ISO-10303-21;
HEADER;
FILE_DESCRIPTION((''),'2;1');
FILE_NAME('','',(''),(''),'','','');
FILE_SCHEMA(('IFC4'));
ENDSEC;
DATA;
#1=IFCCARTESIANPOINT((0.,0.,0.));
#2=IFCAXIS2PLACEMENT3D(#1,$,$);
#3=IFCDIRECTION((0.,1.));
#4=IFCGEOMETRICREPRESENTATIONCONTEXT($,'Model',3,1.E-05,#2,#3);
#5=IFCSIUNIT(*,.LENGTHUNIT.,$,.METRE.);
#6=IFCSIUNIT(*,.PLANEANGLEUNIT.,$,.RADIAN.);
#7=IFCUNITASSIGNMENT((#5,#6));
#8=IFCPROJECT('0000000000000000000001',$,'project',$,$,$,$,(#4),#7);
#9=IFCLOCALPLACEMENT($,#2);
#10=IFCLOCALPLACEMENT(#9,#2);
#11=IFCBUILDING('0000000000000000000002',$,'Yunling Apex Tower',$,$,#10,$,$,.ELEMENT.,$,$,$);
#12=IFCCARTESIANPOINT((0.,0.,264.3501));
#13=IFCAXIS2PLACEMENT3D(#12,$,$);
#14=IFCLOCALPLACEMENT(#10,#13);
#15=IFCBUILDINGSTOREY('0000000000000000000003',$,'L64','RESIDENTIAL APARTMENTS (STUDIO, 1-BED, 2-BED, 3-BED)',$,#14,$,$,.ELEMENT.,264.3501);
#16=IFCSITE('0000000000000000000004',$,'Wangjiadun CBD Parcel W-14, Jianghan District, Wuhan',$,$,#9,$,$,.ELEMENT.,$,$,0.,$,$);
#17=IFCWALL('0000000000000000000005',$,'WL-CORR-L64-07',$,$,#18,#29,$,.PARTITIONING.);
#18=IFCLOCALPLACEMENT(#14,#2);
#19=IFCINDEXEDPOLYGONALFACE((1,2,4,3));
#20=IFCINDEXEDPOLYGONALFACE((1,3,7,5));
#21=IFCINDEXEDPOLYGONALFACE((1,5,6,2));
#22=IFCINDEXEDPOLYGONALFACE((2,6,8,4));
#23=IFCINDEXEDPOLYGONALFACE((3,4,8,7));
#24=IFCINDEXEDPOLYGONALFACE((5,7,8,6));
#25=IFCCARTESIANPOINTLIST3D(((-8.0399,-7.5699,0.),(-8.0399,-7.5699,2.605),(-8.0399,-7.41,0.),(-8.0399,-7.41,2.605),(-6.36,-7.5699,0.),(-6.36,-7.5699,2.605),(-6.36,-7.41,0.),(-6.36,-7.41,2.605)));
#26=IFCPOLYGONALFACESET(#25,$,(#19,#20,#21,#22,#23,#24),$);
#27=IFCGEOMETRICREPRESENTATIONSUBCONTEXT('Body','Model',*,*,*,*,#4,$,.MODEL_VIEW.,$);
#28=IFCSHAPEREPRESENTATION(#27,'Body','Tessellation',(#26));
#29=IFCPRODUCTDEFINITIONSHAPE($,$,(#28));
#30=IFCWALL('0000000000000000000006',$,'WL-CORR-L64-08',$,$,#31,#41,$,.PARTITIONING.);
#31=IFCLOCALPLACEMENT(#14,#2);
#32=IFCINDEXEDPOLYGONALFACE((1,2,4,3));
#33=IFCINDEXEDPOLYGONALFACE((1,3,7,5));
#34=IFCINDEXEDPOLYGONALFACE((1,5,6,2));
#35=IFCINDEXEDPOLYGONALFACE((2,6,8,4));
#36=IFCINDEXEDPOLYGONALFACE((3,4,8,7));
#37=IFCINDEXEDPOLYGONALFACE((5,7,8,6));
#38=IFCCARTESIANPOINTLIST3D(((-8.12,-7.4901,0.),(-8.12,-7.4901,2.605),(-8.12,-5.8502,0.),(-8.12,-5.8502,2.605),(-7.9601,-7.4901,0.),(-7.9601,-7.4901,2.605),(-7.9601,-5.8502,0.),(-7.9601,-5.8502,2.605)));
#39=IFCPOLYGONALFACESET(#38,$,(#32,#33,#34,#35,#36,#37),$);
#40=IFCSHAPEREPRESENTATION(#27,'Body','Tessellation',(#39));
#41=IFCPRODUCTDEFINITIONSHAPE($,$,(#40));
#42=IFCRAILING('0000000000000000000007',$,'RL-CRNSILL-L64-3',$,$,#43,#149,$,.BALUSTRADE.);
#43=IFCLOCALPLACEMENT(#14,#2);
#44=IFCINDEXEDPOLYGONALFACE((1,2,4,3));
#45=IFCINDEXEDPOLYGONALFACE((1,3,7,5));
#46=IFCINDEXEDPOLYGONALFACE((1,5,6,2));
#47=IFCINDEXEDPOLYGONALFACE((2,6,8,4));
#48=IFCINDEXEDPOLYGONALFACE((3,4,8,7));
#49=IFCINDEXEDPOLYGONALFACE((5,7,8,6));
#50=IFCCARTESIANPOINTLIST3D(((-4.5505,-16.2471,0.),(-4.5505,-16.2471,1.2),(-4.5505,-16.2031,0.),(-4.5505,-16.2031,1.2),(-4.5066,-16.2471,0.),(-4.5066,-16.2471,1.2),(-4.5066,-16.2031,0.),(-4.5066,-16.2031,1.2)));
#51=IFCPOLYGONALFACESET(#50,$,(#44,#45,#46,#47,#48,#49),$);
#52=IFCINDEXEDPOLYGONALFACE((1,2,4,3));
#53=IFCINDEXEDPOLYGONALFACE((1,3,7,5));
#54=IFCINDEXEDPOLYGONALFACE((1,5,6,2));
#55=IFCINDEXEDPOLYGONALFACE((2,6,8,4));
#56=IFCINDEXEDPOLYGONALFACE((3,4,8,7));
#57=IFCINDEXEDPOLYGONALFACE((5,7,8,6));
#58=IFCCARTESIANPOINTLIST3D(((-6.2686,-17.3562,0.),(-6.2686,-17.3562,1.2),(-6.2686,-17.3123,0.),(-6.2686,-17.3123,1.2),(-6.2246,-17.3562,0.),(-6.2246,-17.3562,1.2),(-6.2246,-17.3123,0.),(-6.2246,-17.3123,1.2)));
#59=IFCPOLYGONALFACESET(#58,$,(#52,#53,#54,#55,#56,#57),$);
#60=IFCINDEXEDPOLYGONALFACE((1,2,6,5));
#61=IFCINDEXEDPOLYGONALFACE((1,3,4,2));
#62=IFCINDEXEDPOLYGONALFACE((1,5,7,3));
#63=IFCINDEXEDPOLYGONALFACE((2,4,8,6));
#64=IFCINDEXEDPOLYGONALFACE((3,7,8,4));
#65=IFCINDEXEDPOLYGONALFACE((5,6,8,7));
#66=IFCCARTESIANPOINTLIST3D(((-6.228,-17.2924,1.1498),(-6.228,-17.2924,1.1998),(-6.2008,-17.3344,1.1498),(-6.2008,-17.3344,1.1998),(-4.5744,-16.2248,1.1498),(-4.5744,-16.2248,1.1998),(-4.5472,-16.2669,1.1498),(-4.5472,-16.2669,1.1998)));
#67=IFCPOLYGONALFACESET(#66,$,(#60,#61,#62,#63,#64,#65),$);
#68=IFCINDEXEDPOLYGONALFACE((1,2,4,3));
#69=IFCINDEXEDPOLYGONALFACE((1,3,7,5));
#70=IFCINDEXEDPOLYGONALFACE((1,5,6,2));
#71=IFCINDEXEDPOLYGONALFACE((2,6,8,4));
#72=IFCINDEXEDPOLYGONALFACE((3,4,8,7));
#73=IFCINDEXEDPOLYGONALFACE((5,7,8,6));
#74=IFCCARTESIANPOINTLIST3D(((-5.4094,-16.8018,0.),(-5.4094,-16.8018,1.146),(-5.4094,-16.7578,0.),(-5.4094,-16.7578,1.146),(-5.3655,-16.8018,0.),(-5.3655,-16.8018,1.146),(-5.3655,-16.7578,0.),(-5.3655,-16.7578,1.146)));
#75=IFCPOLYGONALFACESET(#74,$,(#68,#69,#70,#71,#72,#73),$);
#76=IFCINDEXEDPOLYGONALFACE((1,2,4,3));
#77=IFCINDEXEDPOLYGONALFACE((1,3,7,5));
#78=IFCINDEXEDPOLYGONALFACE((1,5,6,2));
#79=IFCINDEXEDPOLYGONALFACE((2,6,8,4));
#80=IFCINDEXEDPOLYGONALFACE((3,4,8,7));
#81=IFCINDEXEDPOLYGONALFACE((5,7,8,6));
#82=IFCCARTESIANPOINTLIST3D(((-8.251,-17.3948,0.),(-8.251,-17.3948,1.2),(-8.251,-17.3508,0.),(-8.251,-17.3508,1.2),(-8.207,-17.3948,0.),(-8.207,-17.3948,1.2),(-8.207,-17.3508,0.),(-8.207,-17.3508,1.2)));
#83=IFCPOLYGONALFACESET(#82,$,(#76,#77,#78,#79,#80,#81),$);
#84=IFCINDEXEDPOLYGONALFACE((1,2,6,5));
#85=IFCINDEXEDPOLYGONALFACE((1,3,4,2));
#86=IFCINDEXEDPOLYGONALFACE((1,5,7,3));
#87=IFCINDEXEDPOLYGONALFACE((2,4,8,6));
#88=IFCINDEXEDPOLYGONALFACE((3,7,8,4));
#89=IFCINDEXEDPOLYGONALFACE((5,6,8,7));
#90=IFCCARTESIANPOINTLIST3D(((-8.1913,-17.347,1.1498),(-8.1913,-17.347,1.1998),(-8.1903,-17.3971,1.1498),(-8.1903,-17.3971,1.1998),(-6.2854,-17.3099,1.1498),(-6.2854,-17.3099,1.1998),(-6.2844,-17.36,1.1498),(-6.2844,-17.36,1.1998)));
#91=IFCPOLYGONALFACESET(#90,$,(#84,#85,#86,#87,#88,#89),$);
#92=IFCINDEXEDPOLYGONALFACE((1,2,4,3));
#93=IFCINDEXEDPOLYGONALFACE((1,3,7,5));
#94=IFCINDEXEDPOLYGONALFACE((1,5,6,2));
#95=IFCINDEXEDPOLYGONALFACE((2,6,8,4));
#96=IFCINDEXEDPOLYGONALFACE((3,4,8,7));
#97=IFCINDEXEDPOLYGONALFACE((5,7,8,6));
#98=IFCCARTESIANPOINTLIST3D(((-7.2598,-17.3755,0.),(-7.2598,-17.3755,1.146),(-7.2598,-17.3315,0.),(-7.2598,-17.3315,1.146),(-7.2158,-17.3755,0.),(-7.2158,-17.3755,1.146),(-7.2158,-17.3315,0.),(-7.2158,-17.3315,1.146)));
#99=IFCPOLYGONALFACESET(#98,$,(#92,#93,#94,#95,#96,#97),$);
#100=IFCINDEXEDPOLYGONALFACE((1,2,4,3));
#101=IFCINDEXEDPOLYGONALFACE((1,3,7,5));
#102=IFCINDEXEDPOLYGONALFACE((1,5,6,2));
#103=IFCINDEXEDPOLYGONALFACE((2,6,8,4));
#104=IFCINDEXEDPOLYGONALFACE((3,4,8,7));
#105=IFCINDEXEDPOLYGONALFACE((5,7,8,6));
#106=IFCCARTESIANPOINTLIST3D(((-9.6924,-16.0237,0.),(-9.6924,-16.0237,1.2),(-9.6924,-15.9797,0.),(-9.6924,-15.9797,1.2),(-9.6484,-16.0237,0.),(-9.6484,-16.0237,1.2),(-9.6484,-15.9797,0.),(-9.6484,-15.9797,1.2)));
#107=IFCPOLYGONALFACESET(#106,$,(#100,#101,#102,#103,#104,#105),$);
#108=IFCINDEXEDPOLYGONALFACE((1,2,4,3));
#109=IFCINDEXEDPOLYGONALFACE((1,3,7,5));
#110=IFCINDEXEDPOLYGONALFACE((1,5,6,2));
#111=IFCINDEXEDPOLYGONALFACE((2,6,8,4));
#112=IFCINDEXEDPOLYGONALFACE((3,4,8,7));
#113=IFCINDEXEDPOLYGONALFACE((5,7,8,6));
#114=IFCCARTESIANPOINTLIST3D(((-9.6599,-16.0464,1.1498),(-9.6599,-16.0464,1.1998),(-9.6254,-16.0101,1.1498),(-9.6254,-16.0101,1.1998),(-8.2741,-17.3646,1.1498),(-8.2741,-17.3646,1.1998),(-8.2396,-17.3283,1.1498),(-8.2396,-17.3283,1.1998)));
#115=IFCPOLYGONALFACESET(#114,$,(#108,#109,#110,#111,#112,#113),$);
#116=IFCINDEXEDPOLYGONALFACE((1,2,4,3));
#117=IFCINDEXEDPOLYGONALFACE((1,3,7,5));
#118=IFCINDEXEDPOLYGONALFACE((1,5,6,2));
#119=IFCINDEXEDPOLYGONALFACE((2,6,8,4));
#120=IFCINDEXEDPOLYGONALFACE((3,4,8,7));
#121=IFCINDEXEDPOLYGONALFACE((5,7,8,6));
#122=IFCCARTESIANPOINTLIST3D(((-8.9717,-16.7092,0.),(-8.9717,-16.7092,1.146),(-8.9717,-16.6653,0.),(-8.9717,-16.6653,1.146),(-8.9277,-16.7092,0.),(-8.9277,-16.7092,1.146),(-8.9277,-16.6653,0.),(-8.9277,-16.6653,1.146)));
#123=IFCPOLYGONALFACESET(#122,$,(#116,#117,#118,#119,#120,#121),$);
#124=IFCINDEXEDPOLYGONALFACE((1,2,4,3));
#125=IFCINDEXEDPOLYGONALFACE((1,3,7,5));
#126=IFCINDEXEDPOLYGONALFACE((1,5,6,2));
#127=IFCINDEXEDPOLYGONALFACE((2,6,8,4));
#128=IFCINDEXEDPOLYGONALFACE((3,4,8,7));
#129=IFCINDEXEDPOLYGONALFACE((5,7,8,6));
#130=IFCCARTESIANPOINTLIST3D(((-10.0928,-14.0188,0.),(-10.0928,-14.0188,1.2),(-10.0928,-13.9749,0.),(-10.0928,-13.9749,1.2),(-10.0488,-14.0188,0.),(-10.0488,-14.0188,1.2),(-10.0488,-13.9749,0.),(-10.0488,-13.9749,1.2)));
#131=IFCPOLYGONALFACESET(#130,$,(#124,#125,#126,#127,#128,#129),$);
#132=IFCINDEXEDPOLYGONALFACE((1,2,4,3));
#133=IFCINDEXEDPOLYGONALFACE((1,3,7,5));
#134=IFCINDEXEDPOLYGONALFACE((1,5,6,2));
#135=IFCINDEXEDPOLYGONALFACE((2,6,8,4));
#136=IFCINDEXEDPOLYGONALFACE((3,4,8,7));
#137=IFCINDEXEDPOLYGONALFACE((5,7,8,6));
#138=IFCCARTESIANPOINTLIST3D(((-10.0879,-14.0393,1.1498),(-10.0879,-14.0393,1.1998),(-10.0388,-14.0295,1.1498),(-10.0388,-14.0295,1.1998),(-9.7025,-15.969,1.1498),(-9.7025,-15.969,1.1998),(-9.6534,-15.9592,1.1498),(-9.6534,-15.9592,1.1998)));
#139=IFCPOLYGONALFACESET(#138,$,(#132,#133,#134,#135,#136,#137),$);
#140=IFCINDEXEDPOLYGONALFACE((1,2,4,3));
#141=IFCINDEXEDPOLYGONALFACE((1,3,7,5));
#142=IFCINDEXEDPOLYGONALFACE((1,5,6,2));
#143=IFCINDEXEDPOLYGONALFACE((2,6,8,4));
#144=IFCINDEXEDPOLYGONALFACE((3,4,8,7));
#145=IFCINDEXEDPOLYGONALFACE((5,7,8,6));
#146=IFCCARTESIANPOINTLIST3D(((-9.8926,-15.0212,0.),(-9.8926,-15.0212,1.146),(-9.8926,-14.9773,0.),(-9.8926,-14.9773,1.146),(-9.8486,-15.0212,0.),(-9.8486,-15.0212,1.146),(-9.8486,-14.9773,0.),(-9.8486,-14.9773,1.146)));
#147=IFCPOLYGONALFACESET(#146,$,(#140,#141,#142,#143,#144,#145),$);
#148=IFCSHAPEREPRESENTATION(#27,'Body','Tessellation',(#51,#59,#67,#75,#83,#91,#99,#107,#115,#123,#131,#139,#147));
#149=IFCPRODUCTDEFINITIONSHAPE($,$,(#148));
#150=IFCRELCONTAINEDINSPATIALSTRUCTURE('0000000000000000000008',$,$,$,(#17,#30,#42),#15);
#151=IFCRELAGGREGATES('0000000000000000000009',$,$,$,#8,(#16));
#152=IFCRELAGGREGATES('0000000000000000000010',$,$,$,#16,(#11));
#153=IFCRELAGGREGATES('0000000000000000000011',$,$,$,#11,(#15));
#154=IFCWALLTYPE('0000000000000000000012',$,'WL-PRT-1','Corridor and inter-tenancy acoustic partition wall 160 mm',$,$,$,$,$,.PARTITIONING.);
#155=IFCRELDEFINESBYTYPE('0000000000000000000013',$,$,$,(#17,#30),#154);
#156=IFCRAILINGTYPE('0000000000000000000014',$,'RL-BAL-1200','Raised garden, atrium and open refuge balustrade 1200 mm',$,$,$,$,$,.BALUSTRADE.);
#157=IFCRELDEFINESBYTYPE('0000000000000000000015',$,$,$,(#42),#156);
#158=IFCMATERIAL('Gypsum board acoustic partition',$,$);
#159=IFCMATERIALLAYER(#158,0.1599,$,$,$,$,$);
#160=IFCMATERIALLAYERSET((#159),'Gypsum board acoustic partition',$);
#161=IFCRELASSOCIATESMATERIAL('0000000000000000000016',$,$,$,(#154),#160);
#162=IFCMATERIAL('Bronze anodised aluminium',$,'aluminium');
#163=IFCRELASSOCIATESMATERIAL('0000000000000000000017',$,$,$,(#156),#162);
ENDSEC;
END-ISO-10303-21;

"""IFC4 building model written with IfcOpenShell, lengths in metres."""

from ifc_helpers import new_model, si_unit, direction, frame, frame_2d, origin, origin_2d, place, context, subcontext, project, spatial, rectangle, extrude, material, layer, layer_set, type_object, element, save


model = new_model("IFC4")

# Units and contexts
model_context = context("Model", 3, precision=1e-05, world=origin(), true_north=direction((0.0, 1.0)))
body_context = subcontext(model_context, "Body", "Model", "MODEL_VIEW")
ifc_project = project(units=[si_unit("LENGTHUNIT", "METRE"), si_unit("PLANEANGLEUNIT", "RADIAN")], contexts=[model_context])

# Site, building, storey
site_placement = place(None, origin())
site = spatial("IfcSite", under=ifc_project, at=site_placement, Name="Wangjiadun CBD Parcel W-14, Jianghan District, Wuhan", CompositionType="ELEMENT", RefElevation=0.0)
building_placement = place(site_placement, origin())
building = spatial("IfcBuilding", under=site, at=building_placement, Name="Yunling Apex Tower", CompositionType="ELEMENT")
storey_placement = place(building_placement, frame((0.0, 0.0, 264.3501)))
storey = spatial("IfcBuildingStorey", under=building, at=storey_placement, Name="L64", Description="RESIDENTIAL APARTMENTS (STUDIO, 1-BED, 2-BED, 3-BED)", CompositionType="ELEMENT", Elevation=264.3501)

# Shared definitions
ifc_material_1 = material(Name="Bronze anodised aluminium", Category="aluminium")

# Walls
ifc_material_2 = material(Name="Gypsum board acoustic partition")
ifc_layer_1 = layer(ifc_material_2, 0.1599)
ifc_layer_set_1 = layer_set([ifc_layer_1], Name="Gypsum board acoustic partition")
wall_type = type_object("IfcWallType", Name="WL-PRT-1", Description="Corridor and inter-tenancy acoustic partition wall 160 mm", PredefinedType="PARTITIONING", material=ifc_layer_set_1)
wall_1_placement = place(storey_placement, frame((-6.3601, -7.49, 0.0), z_axis=(0.0, 0.0, 1.0), x_axis=(-1.0, 0.0, 0.0)))
element("IfcWall", 1, at=wall_1_placement, inside=storey, type_object=wall_type, Name="WL-CORR-L64-07", PredefinedType="PARTITIONING", context=body_context, shape_type="SweptSolid", body=[
    extrude(rectangle(XDim=1.6799, YDim=0.1599, at=frame_2d((0.8398, 0.0))), origin(), (0.0, 0.0, 1.0), 2.605),
])
wall_2_placement = place(storey_placement, frame((-8.04, -7.49, 0.0), z_axis=(0.0, 0.0, 1.0), x_axis=(0.0, 1.0, 0.0)))
element("IfcWall", 2, at=wall_2_placement, inside=storey, type_object=wall_type, Name="WL-CORR-L64-08", PredefinedType="PARTITIONING", context=body_context, shape_type="SweptSolid", body=[
    extrude(rectangle(XDim=1.6399, YDim=0.1599, at=frame_2d((0.8198, 0.0))), origin(), (0.0, 0.0, 1.0), 2.605),
])

# Railing
railing_type = type_object("IfcRailingType", Name="RL-BAL-1200", Description="Raised garden, atrium and open refuge balustrade 1200 mm", PredefinedType="BALUSTRADE", material=ifc_material_1)
railing_placement = place(storey_placement, frame((-4.5286, -16.2251, 0.0)))
element("IfcRailing", 3, at=railing_placement, inside=storey, type_object=railing_type, Name="RL-CRNSILL-L64-3", PredefinedType="BALUSTRADE", context=body_context, shape_type="SweptSolid", body=[
    extrude(rectangle(XDim=0.0439, YDim=0.0439, at=origin_2d()), origin(), (0.0, 0.0, 1.0), 1.2),
    extrude(rectangle(XDim=0.0439, YDim=0.0439, at=origin_2d()), frame((-1.718, -1.1091, 0.0)), (0.0, 0.0, 1.0), 1.2),
    extrude(rectangle(XDim=0.05, YDim=0.05, at=origin_2d()), frame((-0.0322, -0.0208, 1.1748), z_axis=(-0.840133, -0.54238, 0.0), x_axis=(0.54238, -0.840133, 0.0)), (0.0, 0.0, 1.0), 1.9683),
    extrude(rectangle(XDim=0.0439, YDim=0.0439, at=origin_2d()), frame((-0.8589, -0.5547, 0.0)), (0.0, 0.0, 1.0), 1.146),
    extrude(rectangle(XDim=0.0439, YDim=0.0439, at=origin_2d()), frame((-3.7004, -1.1477, 0.0)), (0.0, 0.0, 1.0), 1.2),
    extrude(rectangle(XDim=0.05, YDim=0.05, at=origin_2d()), frame((-1.7563, -1.1099, 1.1748), z_axis=(-0.999811, -0.019454, 0.0), x_axis=(0.019454, -0.999811, 0.0)), (0.0, 0.0, 1.0), 1.9062),
    extrude(rectangle(XDim=0.0439, YDim=0.0439, at=origin_2d()), frame((-2.7092, -1.1284, 0.0)), (0.0, 0.0, 1.0), 1.146),
    extrude(rectangle(XDim=0.0439, YDim=0.0439, at=origin_2d()), frame((-5.1418, 0.2234, 0.0)), (0.0, 0.0, 1.0), 1.2),
    extrude(rectangle(XDim=0.05, YDim=0.05, at=origin_2d()), frame((-3.7283, -1.1213, 1.1748), z_axis=(-0.724558, 0.689214, 0.0), x_axis=(-0.689214, -0.724558, 0.0)), (0.0, 0.0, 1.0), 1.9126),
    extrude(rectangle(XDim=0.0439, YDim=0.0439, at=origin_2d()), frame((-4.4211, -0.4622, 0.0)), (0.0, 0.0, 1.0), 1.146),
    extrude(rectangle(XDim=0.0439, YDim=0.0439, at=origin_2d()), frame((-5.5422, 2.2283, 0.0)), (0.0, 0.0, 1.0), 1.2),
    extrude(rectangle(XDim=0.05, YDim=0.05, at=origin_2d()), frame((-5.1494, 0.261, 1.1748), z_axis=(-0.195841, 0.980636, 0.0), x_axis=(-0.980636, -0.195841, 0.0)), (0.0, 0.0, 1.0), 1.9678),
    extrude(rectangle(XDim=0.0439, YDim=0.0439, at=origin_2d()), frame((-5.342, 1.2258, 0.0)), (0.0, 0.0, 1.0), 1.146),
])

save(model, "model.ifc")
